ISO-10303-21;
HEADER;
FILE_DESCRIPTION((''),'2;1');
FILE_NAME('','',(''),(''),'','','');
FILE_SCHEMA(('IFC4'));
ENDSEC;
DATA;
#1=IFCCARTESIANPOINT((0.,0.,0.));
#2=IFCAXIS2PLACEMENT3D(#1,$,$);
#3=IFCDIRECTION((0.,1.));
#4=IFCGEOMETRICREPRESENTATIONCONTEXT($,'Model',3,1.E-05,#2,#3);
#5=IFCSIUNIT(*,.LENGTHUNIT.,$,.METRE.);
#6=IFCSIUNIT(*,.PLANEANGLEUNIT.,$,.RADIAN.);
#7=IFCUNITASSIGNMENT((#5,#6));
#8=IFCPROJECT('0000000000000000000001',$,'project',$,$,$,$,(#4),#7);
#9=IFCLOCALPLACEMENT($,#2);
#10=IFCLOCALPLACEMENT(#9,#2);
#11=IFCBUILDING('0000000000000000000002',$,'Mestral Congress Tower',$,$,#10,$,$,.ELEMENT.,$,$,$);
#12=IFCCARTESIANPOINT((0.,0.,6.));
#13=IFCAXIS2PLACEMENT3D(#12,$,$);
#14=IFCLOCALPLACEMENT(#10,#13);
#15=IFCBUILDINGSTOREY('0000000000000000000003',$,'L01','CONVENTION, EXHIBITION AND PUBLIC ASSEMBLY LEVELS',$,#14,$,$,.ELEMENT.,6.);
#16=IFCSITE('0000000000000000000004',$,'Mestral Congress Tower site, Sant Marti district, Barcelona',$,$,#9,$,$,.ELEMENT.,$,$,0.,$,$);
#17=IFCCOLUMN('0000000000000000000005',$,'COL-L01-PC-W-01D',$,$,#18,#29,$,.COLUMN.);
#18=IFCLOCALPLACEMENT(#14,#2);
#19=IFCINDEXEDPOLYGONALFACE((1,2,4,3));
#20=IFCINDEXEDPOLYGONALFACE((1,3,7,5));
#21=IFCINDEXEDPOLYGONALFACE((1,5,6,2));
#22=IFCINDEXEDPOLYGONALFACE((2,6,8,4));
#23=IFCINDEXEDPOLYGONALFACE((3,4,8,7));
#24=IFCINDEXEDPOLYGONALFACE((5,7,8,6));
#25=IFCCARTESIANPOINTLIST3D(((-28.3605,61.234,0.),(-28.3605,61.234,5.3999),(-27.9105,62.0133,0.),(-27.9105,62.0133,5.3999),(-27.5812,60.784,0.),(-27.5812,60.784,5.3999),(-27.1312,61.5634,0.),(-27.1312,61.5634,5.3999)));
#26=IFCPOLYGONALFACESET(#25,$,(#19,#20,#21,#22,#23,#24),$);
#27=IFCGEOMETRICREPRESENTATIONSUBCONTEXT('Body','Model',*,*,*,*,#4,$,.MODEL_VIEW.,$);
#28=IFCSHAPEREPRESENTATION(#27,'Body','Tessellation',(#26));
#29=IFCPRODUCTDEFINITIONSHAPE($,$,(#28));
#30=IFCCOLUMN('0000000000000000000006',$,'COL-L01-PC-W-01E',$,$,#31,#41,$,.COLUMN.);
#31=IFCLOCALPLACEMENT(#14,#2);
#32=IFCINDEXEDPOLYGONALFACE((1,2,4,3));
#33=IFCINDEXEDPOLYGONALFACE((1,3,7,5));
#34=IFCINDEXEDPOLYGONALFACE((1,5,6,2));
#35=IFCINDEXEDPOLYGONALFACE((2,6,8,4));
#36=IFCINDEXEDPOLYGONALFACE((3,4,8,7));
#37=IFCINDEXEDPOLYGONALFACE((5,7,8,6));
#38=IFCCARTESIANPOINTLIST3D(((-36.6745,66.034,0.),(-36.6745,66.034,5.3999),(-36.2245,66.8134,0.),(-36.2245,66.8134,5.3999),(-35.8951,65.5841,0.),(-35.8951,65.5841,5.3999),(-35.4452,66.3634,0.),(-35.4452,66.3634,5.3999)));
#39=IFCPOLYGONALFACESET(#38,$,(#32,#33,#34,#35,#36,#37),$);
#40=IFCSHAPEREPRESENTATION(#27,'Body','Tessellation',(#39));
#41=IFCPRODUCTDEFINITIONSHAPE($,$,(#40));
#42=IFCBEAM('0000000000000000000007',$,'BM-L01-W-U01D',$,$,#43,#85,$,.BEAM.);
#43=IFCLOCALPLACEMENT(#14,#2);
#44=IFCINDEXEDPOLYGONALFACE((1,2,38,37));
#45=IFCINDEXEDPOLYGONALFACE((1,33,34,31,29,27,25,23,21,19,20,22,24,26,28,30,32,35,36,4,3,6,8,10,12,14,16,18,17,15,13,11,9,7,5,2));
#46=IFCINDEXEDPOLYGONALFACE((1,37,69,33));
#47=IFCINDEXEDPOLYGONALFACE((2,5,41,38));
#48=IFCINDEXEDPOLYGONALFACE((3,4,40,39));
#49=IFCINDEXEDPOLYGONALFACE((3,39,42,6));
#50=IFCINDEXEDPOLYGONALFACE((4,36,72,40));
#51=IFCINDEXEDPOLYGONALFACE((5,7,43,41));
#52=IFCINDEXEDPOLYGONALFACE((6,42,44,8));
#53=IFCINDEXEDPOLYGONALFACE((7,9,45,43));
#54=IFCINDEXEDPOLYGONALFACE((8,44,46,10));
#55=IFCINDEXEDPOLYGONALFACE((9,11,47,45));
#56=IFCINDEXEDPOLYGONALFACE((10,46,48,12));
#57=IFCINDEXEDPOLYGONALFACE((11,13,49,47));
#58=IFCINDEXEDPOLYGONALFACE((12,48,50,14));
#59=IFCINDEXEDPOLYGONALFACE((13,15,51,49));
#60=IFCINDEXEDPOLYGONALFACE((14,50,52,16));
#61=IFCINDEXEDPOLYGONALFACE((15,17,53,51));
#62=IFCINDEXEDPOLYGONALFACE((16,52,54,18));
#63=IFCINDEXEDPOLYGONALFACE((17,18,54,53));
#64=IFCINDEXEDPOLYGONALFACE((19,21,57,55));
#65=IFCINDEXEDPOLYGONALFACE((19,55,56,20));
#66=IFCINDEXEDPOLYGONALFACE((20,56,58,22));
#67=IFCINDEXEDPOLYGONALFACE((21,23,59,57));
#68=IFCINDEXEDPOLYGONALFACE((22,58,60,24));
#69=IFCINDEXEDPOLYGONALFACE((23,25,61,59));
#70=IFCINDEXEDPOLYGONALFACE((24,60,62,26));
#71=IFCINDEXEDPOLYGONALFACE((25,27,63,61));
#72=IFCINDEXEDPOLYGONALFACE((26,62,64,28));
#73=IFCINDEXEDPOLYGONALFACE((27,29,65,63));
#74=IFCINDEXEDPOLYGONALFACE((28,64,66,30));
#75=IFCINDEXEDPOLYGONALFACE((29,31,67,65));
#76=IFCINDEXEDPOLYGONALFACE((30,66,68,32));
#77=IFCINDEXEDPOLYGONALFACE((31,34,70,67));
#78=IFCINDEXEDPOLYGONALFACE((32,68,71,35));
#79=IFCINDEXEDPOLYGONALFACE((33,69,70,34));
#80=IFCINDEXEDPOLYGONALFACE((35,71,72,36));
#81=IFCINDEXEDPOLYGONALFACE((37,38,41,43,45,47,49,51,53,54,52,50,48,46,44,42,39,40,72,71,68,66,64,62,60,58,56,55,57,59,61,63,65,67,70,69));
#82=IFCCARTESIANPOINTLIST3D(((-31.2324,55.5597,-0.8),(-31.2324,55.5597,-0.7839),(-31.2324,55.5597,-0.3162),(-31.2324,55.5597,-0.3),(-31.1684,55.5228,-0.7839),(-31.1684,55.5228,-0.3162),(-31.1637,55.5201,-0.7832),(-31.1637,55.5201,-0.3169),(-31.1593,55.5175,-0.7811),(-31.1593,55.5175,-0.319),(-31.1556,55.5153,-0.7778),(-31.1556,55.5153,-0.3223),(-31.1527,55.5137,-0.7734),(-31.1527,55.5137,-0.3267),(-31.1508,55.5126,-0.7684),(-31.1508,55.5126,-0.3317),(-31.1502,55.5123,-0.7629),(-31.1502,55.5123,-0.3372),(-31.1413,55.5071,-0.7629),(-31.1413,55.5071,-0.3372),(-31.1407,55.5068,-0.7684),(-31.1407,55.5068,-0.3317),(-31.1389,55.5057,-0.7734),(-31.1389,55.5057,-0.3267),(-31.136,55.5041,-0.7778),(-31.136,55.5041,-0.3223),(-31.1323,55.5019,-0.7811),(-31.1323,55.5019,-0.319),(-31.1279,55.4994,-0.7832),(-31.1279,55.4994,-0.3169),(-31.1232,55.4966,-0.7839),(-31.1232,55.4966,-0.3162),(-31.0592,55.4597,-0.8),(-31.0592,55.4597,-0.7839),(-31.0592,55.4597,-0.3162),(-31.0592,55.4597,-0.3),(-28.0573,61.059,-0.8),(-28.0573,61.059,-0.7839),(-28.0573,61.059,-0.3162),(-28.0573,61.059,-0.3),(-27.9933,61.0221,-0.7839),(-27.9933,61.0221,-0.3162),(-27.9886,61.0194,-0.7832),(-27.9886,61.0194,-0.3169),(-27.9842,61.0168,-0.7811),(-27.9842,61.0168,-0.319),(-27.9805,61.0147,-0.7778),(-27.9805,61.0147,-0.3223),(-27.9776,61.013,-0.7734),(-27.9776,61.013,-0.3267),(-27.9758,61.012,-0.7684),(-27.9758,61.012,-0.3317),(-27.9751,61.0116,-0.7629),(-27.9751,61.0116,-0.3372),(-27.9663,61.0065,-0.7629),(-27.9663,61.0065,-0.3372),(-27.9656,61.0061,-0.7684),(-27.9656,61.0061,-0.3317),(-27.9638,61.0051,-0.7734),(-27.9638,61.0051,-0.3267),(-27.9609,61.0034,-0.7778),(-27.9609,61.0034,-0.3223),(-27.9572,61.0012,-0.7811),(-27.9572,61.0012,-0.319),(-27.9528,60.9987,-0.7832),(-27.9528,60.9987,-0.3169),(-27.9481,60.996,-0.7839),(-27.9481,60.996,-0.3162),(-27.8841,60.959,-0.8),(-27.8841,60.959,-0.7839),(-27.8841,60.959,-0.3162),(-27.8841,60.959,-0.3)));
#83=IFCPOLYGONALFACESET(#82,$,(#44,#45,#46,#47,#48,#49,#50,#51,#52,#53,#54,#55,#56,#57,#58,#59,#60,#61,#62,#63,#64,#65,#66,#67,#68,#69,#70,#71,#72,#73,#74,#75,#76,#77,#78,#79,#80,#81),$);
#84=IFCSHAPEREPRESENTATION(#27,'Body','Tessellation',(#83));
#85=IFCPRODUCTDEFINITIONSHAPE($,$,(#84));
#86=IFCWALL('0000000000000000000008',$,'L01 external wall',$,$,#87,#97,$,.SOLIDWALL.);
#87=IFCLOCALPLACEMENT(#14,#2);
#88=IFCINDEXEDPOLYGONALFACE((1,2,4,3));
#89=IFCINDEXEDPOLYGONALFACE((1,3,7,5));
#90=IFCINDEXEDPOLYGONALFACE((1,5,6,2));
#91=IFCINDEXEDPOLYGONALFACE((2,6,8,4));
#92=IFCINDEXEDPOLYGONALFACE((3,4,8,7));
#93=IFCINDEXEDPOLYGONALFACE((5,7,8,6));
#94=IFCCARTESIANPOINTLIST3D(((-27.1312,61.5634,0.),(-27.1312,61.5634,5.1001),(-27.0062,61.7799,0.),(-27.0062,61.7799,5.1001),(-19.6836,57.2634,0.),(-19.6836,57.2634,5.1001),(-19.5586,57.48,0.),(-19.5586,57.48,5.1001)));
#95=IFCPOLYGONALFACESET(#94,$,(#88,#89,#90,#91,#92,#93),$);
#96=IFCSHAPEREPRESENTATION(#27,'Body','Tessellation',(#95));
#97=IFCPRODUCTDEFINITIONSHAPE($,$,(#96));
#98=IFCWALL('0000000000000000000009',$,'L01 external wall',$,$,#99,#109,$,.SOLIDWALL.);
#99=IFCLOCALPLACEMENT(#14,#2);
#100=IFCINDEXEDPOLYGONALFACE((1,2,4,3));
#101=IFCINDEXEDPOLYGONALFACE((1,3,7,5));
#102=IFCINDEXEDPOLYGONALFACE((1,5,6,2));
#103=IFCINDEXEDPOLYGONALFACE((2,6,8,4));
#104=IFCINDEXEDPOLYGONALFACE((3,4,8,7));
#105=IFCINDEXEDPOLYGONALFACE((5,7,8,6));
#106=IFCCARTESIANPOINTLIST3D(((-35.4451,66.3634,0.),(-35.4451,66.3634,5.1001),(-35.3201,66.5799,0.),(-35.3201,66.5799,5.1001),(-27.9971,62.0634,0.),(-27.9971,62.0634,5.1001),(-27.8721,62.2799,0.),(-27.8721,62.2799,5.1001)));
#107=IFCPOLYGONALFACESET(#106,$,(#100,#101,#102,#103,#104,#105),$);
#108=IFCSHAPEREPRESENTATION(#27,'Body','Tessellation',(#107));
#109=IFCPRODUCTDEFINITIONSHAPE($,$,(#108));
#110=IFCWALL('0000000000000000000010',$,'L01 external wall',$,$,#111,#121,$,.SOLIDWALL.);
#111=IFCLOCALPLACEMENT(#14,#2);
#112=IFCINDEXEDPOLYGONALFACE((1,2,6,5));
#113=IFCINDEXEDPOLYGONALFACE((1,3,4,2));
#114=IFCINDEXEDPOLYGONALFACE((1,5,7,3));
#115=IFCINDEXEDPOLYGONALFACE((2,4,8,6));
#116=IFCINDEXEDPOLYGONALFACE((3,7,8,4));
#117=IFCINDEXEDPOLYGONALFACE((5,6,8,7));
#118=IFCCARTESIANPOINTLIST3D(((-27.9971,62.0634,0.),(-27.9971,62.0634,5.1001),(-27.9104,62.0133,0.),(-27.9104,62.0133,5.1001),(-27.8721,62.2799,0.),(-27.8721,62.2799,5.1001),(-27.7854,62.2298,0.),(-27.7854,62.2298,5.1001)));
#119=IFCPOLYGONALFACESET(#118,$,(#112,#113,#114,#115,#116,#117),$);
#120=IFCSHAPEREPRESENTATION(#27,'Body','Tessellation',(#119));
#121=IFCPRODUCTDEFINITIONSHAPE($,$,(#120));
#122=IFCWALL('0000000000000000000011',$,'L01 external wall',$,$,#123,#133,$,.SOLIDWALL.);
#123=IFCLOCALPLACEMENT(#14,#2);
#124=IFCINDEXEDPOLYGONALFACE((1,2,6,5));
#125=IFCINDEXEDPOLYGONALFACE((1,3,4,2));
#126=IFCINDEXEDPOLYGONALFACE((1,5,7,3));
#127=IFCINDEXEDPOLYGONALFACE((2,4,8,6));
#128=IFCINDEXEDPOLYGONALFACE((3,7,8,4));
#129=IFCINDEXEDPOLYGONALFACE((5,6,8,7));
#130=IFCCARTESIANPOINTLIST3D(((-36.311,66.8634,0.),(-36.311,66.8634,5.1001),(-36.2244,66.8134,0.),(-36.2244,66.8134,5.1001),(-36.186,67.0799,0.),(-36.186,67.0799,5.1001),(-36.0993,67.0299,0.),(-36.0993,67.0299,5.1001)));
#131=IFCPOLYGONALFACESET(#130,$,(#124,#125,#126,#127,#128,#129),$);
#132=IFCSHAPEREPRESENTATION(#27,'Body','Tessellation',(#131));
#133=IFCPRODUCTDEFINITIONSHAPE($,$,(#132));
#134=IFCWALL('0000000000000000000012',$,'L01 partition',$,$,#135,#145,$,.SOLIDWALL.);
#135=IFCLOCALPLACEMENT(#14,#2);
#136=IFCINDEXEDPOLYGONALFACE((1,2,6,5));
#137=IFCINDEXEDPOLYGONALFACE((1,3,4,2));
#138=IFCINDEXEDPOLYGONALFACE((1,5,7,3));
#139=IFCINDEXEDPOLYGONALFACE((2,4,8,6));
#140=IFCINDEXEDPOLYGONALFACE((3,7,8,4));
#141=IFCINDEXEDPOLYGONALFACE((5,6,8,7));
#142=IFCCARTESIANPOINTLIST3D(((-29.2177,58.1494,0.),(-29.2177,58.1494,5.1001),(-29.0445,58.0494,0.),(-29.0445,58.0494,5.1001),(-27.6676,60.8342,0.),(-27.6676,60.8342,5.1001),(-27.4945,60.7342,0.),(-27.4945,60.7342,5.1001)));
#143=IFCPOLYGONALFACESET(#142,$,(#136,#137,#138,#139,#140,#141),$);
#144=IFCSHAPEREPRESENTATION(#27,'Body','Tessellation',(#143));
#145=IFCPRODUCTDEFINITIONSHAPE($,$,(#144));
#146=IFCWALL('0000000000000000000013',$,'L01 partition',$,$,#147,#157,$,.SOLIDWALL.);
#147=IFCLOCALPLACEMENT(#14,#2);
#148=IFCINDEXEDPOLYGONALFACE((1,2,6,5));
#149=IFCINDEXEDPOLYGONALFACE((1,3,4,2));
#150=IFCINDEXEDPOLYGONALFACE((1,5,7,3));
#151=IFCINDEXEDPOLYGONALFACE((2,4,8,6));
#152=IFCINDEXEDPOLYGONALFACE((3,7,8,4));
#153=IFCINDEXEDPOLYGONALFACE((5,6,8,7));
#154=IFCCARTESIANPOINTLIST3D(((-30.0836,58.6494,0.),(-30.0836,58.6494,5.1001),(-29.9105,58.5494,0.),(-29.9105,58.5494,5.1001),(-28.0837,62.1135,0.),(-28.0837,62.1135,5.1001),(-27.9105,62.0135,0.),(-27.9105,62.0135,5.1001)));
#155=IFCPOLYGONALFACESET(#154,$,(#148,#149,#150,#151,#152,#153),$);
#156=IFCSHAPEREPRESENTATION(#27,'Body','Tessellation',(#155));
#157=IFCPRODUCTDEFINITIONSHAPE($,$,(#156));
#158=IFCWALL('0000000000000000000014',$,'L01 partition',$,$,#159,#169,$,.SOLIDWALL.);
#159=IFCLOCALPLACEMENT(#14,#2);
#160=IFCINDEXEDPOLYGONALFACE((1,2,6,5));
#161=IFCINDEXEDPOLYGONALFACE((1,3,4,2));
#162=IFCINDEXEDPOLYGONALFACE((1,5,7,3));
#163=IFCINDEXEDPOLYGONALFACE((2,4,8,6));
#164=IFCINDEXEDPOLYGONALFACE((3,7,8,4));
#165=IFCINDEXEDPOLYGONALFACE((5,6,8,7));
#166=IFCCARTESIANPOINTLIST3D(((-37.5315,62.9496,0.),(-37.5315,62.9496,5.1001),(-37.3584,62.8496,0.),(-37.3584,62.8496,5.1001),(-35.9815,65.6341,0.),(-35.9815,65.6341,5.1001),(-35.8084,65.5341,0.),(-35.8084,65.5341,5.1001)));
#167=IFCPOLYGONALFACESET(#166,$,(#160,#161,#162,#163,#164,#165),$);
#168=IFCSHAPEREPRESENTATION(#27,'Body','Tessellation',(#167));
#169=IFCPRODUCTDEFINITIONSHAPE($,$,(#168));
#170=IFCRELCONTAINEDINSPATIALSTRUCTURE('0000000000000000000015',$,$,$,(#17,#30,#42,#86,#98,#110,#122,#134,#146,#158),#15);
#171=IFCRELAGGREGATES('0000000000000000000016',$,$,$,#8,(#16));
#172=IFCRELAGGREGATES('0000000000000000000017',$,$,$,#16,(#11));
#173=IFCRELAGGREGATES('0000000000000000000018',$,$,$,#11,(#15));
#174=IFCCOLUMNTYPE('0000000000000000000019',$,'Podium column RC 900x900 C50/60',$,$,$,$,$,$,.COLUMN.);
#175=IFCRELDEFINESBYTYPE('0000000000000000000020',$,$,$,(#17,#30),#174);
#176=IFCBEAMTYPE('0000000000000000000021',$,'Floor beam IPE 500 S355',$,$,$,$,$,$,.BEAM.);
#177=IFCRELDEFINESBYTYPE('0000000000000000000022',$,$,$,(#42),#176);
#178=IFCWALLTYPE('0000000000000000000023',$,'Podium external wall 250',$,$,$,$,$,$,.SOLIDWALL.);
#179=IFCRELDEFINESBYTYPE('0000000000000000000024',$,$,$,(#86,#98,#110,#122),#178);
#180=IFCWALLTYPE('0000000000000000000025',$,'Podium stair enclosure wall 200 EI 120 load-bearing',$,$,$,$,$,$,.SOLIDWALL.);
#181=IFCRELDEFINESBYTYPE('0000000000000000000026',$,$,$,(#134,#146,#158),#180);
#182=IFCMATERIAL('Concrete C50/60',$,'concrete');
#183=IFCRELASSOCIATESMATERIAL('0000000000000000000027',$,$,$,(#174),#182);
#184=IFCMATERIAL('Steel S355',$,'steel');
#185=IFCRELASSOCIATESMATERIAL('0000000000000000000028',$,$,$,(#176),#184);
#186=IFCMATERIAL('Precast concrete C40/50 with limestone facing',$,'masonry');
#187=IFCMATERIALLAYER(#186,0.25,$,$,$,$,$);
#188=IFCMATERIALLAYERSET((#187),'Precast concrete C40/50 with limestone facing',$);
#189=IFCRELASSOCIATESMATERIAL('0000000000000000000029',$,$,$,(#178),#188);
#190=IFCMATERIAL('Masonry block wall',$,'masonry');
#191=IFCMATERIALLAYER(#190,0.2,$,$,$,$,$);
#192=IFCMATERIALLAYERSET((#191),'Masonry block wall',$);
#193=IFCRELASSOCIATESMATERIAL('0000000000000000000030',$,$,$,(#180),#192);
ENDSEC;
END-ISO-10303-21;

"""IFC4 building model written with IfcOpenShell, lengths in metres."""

from ifc_helpers import new_model, si_unit, direction, frame, frame_2d, origin, origin_2d, place, context, subcontext, project, spatial, rectangle, i_section, extrude, material, layer, layer_set, material_profile, profile_set, type_object, element, save


model = new_model("IFC4")

# Units and contexts
model_context = context("Model", 3, precision=1e-05, world=origin(), true_north=direction((0.0, 1.0)))
body_context = subcontext(model_context, "Body", "Model", "MODEL_VIEW")
ifc_project = project(units=[si_unit("LENGTHUNIT", "METRE"), si_unit("PLANEANGLEUNIT", "RADIAN")], contexts=[model_context])

# Site, building, storey
site_placement = place(None, origin())
site = spatial("IfcSite", under=ifc_project, at=site_placement, Name="Mestral Congress Tower site, Sant Marti district, Barcelona", CompositionType="ELEMENT", RefElevation=0.0)
building_placement = place(site_placement, origin())
building = spatial("IfcBuilding", under=site, at=building_placement, Name="Mestral Congress Tower", CompositionType="ELEMENT")
storey_placement = place(building_placement, frame((0.0, 0.0, 6.0)))
storey = spatial("IfcBuildingStorey", under=building, at=storey_placement, Name="L01", Description="CONVENTION, EXHIBITION AND PUBLIC ASSEMBLY LEVELS", CompositionType="ELEMENT", Elevation=6.0)

# Columns
ifc_material_1 = material(Name="Concrete C50/60", Category="concrete")
ifc_material_profile_1 = material_profile(ifc_material_1, rectangle(XDim=0.8999, YDim=0.8999, at=origin_2d()), Name="RC 900x900")
ifc_profile_set_1 = profile_set([ifc_material_profile_1], Name="Concrete C50/60")
column_type = type_object("IfcColumnType", Name="Podium column RC 900x900 C50/60", PredefinedType="COLUMN", material=ifc_profile_set_1)
for number, where, z_axis, x_axis, name in (
    (1, (-27.7458, 61.3987, 0.0), (0.0, 0.0, 1.0), (-0.5, -0.866025, 0.0), "COL-L01-PC-W-01D"),
    (2, (-36.0598, 66.1987, 0.0), (0.0, 0.0, 1.0), (-0.5, -0.866025, 0.0), "COL-L01-PC-W-01E"),
):
    element("IfcColumn", number, at=place(storey_placement, frame(where, z_axis=z_axis, x_axis=x_axis)), inside=storey, type_object=column_type, Name=name, PredefinedType="COLUMN", context=body_context, shape_type="SweptSolid", body=[
        extrude(rectangle(XDim=0.8999, YDim=0.8999, at=origin_2d()), origin(), (0.0, 0.0, 1.0), 5.3999),
    ])

# Beam
ifc_material_2 = material(Name="Steel S355", Category="steel")
ifc_material_profile_2 = material_profile(ifc_material_2, i_section(OverallWidth=0.2, OverallDepth=0.5, WebThickness=0.0103, FlangeThickness=0.0161, FilletRadius=0.021, at=origin_2d()), Name="IPE 500")
ifc_profile_set_2 = profile_set([ifc_material_profile_2], Name="Steel S355")
beam_type = type_object("IfcBeamType", Name="Floor beam IPE 500 S355", PredefinedType="BEAM", material=ifc_profile_set_2)
beam_placement = place(storey_placement, frame((-27.9707, 61.009, -0.55), z_axis=(-0.500005, -0.866022, 0.0), x_axis=(0.866022, -0.500005, 0.0)))
element("IfcBeam", 3, at=beam_placement, inside=storey, type_object=beam_type, Name="BM-L01-W-U01D", PredefinedType="BEAM", context=body_context, shape_type="SweptSolid", body=[
    extrude(i_section(OverallWidth=0.2, OverallDepth=0.5, WebThickness=0.0103, FlangeThickness=0.0161, FilletRadius=0.021, at=origin_2d()), origin(), (0.0, 0.0, 1.0), 6.3501),
])

# Walls
ifc_material_3 = material(Name="Precast concrete C40/50 with limestone facing", Category="masonry")
ifc_layer_1 = layer(ifc_material_3, 0.25)
ifc_layer_set_1 = layer_set([ifc_layer_1], Name="Precast concrete C40/50 with limestone facing")
wall_type_1 = type_object("IfcWallType", Name="Podium external wall 250", PredefinedType="SOLIDWALL", material=ifc_layer_set_1)
wall_1_placement = place(storey_placement, frame((-27.0686, 61.6716, 0.0), z_axis=(0.0, 0.0, 1.0), x_axis=(0.866021, -0.500008, 0.0)))
element("IfcWall", 4, at=wall_1_placement, inside=storey, type_object=wall_type_1, Name="L01 external wall", PredefinedType="SOLIDWALL", context=body_context, shape_type="SweptSolid", body=[
    extrude(rectangle(XDim=8.5999, YDim=0.25, at=frame_2d((4.2998, 0.0))), origin(), (0.0, 0.0, 1.0), 5.1001),
])
wall_2_placement = place(storey_placement, frame((-35.3826, 66.4717, 0.0), z_axis=(0.0, 0.0, 1.0), x_axis=(0.866028, -0.499995, 0.0)))
element("IfcWall", 5, at=wall_2_placement, inside=storey, type_object=wall_type_1, Name="L01 external wall", PredefinedType="SOLIDWALL", context=body_context, shape_type="SweptSolid", body=[
    extrude(rectangle(XDim=8.6001, YDim=0.25, at=frame_2d((4.3, 0.0))), origin(), (0.0, 0.0, 1.0), 5.1001),
])
for number, where, z_axis, x_axis, name in (
    (6, (-27.9346, 62.1716, 0.0), (0.0, 0.0, 1.0), (0.865982, -0.500074, 0.0), "L01 external wall"),
    (7, (-36.2485, 66.9717, 0.0), (0.0, 0.0, 1.0), (0.865982, -0.500074, 0.0), "L01 external wall"),
):
    element("IfcWall", number, at=place(storey_placement, frame(where, z_axis=z_axis, x_axis=x_axis)), inside=storey, type_object=wall_type_1, Name=name, PredefinedType="SOLIDWALL", context=body_context, shape_type="SweptSolid", body=[
        extrude(rectangle(XDim=0.1001, YDim=0.25, at=frame_2d((0.05, 0.0))), origin(), (0.0, 0.0, 1.0), 5.1001),
    ])
ifc_material_4 = material(Name="Masonry block wall", Category="masonry")
ifc_layer_2 = layer(ifc_material_4, 0.2)
ifc_layer_set_2 = layer_set([ifc_layer_2], Name="Masonry block wall")
wall_type_2 = type_object("IfcWallType", Name="Podium stair enclosure wall 200 EI 120 load-bearing", PredefinedType="SOLIDWALL", material=ifc_layer_set_2)
wall_3_placement = place(storey_placement, frame((-27.5811, 60.7842, 0.0), z_axis=(0.0, 0.0, 1.0), x_axis=(-0.499993, -0.86603, 0.0)))
element("IfcWall", 8, at=wall_3_placement, inside=storey, type_object=wall_type_2, Name="L01 partition", PredefinedType="SOLIDWALL", context=body_context, shape_type="SweptSolid", body=[
    extrude(rectangle(XDim=3.1001, YDim=0.2, at=frame_2d((1.55, 0.0))), origin(), (0.0, 0.0, 1.0), 5.1001),
])
wall_4_placement = place(storey_placement, frame((-27.9971, 62.0635, 0.0), z_axis=(0.0, 0.0, 1.0), x_axis=(-0.499999, -0.866026, 0.0)))
element("IfcWall", 9, at=wall_4_placement, inside=storey, type_object=wall_type_2, Name="L01 partition", PredefinedType="SOLIDWALL", context=body_context, shape_type="SweptSolid", body=[
    extrude(rectangle(XDim=4.0, YDim=0.2, at=frame_2d((2.0, 0.0))), origin(), (0.0, 0.0, 1.0), 5.1001),
])
wall_5_placement = place(storey_placement, frame((-35.895, 65.584, 0.0), z_axis=(0.0, 0.0, 1.0), x_axis=(-0.500027, -0.86601, 0.0)))
element("IfcWall", 10, at=wall_5_placement, inside=storey, type_object=wall_type_2, Name="L01 partition", PredefinedType="SOLIDWALL", context=body_context, shape_type="SweptSolid", body=[
    extrude(rectangle(XDim=3.0999, YDim=0.2, at=frame_2d((1.5498, 0.0))), origin(), (0.0, 0.0, 1.0), 5.1001),
])

save(model, "model.ifc")
